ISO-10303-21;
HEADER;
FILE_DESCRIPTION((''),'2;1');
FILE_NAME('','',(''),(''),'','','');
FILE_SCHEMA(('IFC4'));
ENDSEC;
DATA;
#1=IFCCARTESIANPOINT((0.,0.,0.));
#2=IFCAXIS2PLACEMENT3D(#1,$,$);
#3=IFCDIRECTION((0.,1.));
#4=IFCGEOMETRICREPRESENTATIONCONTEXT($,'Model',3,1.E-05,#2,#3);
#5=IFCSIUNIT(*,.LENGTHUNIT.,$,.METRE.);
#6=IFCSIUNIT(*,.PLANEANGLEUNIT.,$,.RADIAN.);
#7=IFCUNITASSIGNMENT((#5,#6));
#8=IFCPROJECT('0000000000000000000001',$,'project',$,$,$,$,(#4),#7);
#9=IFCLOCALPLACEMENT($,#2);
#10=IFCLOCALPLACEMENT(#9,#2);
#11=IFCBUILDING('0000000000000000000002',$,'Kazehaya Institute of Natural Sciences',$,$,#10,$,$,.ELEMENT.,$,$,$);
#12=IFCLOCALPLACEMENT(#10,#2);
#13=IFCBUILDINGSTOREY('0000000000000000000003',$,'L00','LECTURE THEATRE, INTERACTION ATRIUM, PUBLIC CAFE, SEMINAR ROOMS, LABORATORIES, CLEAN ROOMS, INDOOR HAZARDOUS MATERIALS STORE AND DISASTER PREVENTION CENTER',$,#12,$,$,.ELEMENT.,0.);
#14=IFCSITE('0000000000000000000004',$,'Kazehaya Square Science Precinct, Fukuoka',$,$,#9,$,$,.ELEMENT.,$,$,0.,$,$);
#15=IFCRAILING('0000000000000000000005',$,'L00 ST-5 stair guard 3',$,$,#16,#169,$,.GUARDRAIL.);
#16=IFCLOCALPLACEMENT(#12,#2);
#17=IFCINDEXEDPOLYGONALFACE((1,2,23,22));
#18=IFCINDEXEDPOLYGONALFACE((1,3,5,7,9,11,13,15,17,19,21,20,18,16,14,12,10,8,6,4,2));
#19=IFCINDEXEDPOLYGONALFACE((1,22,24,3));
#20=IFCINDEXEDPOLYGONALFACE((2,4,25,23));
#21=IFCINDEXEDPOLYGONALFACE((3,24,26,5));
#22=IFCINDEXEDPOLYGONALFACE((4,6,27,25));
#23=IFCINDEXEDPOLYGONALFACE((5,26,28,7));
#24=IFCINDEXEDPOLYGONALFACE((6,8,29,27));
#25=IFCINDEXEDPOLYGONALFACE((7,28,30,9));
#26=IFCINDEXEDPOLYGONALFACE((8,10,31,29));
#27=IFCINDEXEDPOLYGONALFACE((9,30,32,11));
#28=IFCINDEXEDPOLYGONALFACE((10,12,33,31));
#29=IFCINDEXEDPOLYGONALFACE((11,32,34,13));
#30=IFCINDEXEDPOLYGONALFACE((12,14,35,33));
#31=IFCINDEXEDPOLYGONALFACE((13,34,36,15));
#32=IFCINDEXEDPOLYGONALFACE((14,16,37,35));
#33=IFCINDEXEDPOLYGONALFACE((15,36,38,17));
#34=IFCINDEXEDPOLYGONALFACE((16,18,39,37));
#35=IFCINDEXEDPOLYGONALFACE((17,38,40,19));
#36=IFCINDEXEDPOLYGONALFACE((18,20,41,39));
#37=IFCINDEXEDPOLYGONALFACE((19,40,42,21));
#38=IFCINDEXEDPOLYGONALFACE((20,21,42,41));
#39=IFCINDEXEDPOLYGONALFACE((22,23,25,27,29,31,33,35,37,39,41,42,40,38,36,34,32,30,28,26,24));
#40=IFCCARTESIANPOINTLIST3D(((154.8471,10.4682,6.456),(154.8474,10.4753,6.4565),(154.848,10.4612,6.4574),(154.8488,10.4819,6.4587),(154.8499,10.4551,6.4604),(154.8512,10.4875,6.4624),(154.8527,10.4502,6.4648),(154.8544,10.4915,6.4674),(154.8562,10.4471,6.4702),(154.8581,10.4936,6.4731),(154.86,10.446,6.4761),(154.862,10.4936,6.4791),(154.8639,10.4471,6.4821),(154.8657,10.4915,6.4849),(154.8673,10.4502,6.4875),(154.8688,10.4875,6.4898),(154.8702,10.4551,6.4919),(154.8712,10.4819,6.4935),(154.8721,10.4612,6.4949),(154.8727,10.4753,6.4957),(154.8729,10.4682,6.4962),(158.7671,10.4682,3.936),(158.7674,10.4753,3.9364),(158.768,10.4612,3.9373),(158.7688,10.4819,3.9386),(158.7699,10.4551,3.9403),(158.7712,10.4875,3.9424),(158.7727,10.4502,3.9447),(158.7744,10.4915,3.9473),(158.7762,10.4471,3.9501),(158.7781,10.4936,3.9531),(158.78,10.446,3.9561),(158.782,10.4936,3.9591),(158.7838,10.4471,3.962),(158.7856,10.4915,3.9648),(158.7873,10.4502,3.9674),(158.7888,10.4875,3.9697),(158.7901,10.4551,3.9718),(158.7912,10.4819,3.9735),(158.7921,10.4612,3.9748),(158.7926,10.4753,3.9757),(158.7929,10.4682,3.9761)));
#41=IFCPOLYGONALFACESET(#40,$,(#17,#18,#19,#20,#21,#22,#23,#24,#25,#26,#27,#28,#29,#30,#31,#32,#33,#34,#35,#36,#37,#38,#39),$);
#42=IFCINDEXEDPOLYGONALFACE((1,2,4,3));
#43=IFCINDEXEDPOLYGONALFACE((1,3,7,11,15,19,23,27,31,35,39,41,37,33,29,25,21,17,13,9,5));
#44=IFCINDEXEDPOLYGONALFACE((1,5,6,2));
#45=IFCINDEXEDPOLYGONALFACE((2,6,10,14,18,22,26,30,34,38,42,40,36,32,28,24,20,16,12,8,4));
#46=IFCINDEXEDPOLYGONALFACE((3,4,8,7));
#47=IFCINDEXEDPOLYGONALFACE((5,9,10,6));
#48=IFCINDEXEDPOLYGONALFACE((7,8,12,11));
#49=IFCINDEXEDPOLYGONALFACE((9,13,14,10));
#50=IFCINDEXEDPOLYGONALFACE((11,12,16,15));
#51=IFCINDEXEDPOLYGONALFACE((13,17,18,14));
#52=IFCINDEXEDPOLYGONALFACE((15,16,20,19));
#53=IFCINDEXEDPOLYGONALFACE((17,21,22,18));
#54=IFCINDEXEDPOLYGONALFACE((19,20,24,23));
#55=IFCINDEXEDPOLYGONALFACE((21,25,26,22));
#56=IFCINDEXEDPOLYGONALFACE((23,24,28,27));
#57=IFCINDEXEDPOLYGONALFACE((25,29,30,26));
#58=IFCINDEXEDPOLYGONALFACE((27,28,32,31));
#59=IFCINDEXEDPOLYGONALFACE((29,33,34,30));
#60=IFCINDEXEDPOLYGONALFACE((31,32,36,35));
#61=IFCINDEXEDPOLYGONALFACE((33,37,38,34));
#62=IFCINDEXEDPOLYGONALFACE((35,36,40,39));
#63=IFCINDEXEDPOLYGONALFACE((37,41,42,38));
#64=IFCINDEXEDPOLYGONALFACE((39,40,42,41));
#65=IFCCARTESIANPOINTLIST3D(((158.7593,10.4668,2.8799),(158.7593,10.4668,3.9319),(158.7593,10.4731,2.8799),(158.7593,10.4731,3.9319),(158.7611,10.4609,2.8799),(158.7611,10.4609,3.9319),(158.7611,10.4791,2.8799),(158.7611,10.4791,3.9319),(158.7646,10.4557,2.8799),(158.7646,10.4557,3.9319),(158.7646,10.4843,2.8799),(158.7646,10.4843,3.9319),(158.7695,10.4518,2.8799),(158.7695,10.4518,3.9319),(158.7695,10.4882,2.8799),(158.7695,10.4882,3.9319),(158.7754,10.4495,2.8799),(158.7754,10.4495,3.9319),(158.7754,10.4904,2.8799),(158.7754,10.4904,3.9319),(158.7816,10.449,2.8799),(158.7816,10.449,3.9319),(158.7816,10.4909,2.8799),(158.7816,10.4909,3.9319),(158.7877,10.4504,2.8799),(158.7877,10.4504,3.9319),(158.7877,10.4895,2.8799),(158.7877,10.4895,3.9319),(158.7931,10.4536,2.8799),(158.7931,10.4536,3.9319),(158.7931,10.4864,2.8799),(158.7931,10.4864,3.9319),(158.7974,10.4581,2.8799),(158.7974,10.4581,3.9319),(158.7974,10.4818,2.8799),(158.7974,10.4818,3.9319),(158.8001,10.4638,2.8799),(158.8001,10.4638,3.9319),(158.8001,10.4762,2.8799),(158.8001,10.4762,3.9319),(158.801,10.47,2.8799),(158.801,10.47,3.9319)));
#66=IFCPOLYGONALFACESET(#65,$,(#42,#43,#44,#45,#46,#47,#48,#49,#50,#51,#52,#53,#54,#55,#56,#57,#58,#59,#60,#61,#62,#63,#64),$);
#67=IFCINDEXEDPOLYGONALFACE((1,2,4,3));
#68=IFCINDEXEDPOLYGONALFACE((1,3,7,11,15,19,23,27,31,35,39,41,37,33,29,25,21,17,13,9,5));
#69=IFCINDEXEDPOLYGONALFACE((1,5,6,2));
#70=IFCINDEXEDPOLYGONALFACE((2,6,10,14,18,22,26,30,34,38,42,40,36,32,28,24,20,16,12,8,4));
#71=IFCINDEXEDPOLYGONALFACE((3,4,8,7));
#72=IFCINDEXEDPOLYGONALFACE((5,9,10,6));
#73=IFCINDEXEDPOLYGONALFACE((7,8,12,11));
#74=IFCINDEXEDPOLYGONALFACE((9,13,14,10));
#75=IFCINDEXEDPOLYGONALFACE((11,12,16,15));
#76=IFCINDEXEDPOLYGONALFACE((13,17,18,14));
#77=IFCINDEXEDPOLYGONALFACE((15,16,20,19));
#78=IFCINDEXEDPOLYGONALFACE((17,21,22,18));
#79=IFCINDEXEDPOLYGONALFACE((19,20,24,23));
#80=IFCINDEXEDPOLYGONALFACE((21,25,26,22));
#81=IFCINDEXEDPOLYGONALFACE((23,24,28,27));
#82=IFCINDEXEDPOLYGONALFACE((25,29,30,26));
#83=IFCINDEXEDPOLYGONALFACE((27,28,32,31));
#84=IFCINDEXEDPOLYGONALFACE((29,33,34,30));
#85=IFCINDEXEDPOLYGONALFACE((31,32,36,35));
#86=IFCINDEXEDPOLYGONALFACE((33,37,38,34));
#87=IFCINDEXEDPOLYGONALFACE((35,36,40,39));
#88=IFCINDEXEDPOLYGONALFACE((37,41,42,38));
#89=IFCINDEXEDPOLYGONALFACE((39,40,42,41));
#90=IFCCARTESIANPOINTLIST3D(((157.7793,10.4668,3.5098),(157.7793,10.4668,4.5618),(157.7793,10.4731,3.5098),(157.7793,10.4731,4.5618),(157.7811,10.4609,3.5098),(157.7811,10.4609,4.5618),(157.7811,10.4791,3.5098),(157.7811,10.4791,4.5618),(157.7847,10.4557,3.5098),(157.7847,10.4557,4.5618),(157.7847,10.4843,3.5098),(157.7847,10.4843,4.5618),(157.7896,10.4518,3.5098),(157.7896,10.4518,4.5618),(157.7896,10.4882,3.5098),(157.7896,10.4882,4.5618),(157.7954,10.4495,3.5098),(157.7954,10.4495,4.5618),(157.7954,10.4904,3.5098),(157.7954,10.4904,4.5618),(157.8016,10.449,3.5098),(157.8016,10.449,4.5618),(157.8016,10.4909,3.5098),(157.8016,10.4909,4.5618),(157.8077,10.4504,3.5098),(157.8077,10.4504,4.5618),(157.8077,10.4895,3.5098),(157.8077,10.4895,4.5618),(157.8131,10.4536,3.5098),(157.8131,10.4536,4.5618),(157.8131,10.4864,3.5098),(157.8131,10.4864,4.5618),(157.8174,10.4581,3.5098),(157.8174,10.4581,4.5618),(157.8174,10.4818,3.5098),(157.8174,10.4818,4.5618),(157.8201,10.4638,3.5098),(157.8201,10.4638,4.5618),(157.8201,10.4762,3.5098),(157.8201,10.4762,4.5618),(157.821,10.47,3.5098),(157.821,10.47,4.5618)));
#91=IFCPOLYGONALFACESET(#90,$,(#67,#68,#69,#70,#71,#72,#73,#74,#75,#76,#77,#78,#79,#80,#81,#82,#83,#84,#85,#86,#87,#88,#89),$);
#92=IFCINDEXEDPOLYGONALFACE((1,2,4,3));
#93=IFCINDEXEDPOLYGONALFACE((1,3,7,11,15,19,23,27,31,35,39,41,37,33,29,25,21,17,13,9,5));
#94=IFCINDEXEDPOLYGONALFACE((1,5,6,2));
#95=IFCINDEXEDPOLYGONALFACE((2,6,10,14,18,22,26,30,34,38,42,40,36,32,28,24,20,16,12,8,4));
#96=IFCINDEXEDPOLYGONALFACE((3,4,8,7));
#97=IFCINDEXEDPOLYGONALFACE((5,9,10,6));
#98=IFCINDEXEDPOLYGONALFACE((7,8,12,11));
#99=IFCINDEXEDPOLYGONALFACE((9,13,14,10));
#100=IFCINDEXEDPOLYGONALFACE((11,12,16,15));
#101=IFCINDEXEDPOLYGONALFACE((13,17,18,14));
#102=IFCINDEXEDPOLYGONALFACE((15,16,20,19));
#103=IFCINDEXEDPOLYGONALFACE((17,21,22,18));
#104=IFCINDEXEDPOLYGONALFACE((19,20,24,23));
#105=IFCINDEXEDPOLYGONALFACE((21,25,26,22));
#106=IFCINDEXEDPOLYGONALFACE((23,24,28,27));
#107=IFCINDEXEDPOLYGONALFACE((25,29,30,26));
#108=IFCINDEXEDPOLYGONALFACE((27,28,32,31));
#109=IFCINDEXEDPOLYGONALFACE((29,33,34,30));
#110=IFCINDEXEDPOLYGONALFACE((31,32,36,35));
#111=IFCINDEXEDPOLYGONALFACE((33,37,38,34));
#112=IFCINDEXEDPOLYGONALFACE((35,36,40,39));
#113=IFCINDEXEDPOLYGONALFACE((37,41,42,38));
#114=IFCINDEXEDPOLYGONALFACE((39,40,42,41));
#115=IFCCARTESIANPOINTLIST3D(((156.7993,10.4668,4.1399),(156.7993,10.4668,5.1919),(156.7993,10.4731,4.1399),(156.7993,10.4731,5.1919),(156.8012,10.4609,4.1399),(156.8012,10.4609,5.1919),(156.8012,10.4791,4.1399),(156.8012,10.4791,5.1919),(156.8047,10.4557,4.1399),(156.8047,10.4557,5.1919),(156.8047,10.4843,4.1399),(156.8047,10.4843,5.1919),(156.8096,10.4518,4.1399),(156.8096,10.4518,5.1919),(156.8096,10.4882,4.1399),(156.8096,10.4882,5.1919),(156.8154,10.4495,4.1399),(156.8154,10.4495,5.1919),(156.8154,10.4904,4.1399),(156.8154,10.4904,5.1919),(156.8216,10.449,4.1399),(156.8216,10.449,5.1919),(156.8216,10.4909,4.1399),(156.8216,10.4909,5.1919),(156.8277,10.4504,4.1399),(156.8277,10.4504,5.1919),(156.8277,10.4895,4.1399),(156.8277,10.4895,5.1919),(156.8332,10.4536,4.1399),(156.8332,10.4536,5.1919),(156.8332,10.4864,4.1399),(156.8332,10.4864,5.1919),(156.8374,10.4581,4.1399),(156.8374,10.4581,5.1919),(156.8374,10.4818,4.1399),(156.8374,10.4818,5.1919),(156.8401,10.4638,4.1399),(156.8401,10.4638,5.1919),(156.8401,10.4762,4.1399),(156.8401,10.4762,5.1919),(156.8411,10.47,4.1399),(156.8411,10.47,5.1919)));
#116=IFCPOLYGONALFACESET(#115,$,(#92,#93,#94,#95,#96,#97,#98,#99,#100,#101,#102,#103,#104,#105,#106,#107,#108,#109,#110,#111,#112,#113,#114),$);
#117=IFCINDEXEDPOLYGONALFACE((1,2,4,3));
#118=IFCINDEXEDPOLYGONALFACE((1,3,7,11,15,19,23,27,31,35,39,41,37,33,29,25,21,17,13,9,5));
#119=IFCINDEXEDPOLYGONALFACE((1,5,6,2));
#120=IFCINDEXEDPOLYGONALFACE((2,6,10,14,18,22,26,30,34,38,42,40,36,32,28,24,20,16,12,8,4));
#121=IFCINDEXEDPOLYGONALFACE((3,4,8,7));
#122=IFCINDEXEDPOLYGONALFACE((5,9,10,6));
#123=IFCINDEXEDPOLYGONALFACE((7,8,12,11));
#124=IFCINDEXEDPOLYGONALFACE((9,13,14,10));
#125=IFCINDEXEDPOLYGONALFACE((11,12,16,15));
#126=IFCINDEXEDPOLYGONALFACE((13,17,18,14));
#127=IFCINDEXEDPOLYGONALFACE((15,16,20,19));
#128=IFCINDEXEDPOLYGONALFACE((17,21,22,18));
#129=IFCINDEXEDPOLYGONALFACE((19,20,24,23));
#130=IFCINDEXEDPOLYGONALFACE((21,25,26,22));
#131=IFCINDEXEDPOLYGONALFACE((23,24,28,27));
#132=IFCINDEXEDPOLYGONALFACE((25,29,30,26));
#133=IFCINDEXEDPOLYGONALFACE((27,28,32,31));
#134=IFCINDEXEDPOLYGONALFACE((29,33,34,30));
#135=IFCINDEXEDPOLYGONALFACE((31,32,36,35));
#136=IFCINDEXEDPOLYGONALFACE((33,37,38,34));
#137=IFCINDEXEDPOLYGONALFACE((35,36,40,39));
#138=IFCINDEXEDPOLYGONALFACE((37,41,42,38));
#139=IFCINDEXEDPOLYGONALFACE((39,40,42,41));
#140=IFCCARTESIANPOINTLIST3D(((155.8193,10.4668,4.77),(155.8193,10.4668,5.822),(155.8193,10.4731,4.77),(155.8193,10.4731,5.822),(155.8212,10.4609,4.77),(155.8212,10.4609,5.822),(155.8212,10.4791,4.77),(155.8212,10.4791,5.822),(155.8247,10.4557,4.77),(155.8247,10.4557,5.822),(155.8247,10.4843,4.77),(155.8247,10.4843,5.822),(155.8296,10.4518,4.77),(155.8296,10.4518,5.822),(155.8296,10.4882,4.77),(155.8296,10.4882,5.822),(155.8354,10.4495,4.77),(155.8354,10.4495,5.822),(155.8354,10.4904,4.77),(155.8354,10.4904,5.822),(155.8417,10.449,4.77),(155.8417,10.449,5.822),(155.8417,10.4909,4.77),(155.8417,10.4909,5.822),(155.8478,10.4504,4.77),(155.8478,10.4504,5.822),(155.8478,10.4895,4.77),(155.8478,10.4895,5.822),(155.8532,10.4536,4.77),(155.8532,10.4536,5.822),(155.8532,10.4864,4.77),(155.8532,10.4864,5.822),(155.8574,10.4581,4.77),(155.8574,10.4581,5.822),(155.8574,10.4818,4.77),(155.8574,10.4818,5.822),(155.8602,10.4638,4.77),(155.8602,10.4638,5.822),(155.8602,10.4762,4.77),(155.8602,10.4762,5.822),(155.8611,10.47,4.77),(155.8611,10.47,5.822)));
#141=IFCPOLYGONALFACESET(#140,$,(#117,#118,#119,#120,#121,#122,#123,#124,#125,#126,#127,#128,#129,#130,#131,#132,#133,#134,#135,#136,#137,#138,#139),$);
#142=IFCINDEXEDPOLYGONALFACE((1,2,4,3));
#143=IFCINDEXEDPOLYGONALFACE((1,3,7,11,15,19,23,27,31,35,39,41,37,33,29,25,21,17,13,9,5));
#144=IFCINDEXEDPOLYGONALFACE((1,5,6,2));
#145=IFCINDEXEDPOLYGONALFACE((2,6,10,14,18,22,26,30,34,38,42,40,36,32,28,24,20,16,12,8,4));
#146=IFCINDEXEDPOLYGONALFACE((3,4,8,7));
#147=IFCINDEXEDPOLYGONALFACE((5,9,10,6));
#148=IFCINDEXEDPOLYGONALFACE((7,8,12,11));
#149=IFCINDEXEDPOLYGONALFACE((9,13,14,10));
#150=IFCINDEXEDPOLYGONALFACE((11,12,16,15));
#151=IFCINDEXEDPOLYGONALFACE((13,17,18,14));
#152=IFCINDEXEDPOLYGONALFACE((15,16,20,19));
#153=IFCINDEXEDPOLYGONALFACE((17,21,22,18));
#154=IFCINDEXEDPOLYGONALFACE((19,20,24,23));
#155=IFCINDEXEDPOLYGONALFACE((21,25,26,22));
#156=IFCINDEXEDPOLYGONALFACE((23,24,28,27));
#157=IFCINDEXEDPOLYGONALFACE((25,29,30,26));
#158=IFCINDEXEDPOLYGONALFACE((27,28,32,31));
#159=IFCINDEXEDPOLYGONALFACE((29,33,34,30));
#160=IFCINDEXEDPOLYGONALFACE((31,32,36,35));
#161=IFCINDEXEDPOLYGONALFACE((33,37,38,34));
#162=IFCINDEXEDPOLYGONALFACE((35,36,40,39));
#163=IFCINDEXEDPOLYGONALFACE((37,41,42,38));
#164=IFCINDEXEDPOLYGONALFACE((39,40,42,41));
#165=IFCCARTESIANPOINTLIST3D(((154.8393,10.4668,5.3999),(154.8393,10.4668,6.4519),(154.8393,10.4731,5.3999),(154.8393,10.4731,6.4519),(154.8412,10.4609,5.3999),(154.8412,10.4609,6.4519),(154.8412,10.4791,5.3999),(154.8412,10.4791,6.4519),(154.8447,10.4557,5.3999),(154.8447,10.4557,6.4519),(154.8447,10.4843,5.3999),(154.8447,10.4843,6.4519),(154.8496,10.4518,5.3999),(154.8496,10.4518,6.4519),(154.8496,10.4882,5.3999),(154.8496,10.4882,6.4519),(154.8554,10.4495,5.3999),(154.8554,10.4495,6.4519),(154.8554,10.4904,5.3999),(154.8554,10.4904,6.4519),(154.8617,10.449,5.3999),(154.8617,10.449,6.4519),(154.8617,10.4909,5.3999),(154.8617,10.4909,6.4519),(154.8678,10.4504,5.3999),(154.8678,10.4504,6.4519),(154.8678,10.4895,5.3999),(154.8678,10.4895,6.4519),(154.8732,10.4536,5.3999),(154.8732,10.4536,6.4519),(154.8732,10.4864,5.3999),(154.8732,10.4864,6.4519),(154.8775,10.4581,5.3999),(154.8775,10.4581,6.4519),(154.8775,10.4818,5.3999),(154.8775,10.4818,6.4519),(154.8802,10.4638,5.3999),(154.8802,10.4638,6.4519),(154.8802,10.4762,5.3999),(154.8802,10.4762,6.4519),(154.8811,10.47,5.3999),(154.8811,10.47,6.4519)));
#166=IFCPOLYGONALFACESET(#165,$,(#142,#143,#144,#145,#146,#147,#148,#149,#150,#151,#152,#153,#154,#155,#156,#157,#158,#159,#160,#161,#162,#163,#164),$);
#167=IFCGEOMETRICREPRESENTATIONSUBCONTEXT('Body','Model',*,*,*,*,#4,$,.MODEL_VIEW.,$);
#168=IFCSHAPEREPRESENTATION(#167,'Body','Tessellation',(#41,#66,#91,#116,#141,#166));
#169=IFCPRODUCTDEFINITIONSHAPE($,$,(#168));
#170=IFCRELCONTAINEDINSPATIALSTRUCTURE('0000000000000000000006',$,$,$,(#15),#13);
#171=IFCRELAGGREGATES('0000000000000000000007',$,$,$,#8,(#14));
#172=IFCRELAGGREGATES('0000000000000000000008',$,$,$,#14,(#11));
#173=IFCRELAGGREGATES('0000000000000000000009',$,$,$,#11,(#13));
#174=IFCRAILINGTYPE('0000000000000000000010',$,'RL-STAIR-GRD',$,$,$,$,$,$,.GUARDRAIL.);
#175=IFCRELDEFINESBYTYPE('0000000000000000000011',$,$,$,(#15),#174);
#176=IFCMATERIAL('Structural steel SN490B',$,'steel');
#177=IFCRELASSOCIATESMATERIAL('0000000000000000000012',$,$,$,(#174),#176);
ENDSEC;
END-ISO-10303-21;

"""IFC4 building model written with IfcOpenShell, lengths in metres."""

from ifc_helpers import new_model, si_unit, direction, frame, origin, origin_2d, place, context, subcontext, project, spatial, circle, extrude, material, type_object, element, save


model = new_model("IFC4")

# Units and contexts
model_context = context("Model", 3, precision=1e-05, world=origin(), true_north=direction((0.0, 1.0)))
body_context = subcontext(model_context, "Body", "Model", "MODEL_VIEW")
ifc_project = project(units=[si_unit("LENGTHUNIT", "METRE"), si_unit("PLANEANGLEUNIT", "RADIAN")], contexts=[model_context])

# Site, building, storey
site_placement = place(None, origin())
site = spatial("IfcSite", under=ifc_project, at=site_placement, Name="Kazehaya Square Science Precinct, Fukuoka", CompositionType="ELEMENT", RefElevation=0.0)
building_placement = place(site_placement, origin())
building = spatial("IfcBuilding", under=site, at=building_placement, Name="Kazehaya Institute of Natural Sciences", CompositionType="ELEMENT")
storey_placement = place(building_placement, origin())
storey = spatial("IfcBuildingStorey", under=building, at=storey_placement, Name="L00", Description="LECTURE THEATRE, INTERACTION ATRIUM, PUBLIC CAFE, SEMINAR ROOMS, LABORATORIES, CLEAN ROOMS, INDOOR HAZARDOUS MATERIALS STORE AND DISASTER PREVENTION CENTER", CompositionType="ELEMENT", Elevation=0.0)

# Railing
ifc_material_1 = material(Name="Structural steel SN490B", Category="steel")
railing_type_1 = type_object("IfcRailingType", Name="RL-STAIR-GRD", PredefinedType="GUARDRAIL", material=ifc_material_1)
railing_1_placement = place(storey_placement, frame((158.78, 10.47, 2.8799)))
element("IfcRailing", 1, at=railing_1_placement, inside=storey, type_object=railing_type_1, Name="L00 ST-5 stair guard 3", PredefinedType="GUARDRAIL", context=body_context, shape_type="SweptSolid", body=[
    extrude(circle(Radius=0.0239, at=origin_2d()), frame((0.0, 0.0, 1.0762), z_axis=(-0.841172, 0.0, 0.540768), x_axis=(0.0, -1.0, 0.0)), (0.0, 0.0, 1.0), 4.6602),
    extrude(circle(Radius=0.021, at=origin_2d()), origin(), (0.0, 0.0, 1.0), 1.052),
    extrude(circle(Radius=0.021, at=origin_2d()), frame((-0.98, 0.0, 0.6299)), (0.0, 0.0, 1.0), 1.052),
    extrude(circle(Radius=0.021, at=origin_2d()), frame((-1.96, 0.0, 1.26)), (0.0, 0.0, 1.0), 1.052),
    extrude(circle(Radius=0.021, at=origin_2d()), frame((-2.9399, 0.0, 1.8901)), (0.0, 0.0, 1.0), 1.052),
    extrude(circle(Radius=0.021, at=origin_2d()), frame((-3.9199, 0.0, 2.52)), (0.0, 0.0, 1.0), 1.052),
])

save(model, "model.ifc")
